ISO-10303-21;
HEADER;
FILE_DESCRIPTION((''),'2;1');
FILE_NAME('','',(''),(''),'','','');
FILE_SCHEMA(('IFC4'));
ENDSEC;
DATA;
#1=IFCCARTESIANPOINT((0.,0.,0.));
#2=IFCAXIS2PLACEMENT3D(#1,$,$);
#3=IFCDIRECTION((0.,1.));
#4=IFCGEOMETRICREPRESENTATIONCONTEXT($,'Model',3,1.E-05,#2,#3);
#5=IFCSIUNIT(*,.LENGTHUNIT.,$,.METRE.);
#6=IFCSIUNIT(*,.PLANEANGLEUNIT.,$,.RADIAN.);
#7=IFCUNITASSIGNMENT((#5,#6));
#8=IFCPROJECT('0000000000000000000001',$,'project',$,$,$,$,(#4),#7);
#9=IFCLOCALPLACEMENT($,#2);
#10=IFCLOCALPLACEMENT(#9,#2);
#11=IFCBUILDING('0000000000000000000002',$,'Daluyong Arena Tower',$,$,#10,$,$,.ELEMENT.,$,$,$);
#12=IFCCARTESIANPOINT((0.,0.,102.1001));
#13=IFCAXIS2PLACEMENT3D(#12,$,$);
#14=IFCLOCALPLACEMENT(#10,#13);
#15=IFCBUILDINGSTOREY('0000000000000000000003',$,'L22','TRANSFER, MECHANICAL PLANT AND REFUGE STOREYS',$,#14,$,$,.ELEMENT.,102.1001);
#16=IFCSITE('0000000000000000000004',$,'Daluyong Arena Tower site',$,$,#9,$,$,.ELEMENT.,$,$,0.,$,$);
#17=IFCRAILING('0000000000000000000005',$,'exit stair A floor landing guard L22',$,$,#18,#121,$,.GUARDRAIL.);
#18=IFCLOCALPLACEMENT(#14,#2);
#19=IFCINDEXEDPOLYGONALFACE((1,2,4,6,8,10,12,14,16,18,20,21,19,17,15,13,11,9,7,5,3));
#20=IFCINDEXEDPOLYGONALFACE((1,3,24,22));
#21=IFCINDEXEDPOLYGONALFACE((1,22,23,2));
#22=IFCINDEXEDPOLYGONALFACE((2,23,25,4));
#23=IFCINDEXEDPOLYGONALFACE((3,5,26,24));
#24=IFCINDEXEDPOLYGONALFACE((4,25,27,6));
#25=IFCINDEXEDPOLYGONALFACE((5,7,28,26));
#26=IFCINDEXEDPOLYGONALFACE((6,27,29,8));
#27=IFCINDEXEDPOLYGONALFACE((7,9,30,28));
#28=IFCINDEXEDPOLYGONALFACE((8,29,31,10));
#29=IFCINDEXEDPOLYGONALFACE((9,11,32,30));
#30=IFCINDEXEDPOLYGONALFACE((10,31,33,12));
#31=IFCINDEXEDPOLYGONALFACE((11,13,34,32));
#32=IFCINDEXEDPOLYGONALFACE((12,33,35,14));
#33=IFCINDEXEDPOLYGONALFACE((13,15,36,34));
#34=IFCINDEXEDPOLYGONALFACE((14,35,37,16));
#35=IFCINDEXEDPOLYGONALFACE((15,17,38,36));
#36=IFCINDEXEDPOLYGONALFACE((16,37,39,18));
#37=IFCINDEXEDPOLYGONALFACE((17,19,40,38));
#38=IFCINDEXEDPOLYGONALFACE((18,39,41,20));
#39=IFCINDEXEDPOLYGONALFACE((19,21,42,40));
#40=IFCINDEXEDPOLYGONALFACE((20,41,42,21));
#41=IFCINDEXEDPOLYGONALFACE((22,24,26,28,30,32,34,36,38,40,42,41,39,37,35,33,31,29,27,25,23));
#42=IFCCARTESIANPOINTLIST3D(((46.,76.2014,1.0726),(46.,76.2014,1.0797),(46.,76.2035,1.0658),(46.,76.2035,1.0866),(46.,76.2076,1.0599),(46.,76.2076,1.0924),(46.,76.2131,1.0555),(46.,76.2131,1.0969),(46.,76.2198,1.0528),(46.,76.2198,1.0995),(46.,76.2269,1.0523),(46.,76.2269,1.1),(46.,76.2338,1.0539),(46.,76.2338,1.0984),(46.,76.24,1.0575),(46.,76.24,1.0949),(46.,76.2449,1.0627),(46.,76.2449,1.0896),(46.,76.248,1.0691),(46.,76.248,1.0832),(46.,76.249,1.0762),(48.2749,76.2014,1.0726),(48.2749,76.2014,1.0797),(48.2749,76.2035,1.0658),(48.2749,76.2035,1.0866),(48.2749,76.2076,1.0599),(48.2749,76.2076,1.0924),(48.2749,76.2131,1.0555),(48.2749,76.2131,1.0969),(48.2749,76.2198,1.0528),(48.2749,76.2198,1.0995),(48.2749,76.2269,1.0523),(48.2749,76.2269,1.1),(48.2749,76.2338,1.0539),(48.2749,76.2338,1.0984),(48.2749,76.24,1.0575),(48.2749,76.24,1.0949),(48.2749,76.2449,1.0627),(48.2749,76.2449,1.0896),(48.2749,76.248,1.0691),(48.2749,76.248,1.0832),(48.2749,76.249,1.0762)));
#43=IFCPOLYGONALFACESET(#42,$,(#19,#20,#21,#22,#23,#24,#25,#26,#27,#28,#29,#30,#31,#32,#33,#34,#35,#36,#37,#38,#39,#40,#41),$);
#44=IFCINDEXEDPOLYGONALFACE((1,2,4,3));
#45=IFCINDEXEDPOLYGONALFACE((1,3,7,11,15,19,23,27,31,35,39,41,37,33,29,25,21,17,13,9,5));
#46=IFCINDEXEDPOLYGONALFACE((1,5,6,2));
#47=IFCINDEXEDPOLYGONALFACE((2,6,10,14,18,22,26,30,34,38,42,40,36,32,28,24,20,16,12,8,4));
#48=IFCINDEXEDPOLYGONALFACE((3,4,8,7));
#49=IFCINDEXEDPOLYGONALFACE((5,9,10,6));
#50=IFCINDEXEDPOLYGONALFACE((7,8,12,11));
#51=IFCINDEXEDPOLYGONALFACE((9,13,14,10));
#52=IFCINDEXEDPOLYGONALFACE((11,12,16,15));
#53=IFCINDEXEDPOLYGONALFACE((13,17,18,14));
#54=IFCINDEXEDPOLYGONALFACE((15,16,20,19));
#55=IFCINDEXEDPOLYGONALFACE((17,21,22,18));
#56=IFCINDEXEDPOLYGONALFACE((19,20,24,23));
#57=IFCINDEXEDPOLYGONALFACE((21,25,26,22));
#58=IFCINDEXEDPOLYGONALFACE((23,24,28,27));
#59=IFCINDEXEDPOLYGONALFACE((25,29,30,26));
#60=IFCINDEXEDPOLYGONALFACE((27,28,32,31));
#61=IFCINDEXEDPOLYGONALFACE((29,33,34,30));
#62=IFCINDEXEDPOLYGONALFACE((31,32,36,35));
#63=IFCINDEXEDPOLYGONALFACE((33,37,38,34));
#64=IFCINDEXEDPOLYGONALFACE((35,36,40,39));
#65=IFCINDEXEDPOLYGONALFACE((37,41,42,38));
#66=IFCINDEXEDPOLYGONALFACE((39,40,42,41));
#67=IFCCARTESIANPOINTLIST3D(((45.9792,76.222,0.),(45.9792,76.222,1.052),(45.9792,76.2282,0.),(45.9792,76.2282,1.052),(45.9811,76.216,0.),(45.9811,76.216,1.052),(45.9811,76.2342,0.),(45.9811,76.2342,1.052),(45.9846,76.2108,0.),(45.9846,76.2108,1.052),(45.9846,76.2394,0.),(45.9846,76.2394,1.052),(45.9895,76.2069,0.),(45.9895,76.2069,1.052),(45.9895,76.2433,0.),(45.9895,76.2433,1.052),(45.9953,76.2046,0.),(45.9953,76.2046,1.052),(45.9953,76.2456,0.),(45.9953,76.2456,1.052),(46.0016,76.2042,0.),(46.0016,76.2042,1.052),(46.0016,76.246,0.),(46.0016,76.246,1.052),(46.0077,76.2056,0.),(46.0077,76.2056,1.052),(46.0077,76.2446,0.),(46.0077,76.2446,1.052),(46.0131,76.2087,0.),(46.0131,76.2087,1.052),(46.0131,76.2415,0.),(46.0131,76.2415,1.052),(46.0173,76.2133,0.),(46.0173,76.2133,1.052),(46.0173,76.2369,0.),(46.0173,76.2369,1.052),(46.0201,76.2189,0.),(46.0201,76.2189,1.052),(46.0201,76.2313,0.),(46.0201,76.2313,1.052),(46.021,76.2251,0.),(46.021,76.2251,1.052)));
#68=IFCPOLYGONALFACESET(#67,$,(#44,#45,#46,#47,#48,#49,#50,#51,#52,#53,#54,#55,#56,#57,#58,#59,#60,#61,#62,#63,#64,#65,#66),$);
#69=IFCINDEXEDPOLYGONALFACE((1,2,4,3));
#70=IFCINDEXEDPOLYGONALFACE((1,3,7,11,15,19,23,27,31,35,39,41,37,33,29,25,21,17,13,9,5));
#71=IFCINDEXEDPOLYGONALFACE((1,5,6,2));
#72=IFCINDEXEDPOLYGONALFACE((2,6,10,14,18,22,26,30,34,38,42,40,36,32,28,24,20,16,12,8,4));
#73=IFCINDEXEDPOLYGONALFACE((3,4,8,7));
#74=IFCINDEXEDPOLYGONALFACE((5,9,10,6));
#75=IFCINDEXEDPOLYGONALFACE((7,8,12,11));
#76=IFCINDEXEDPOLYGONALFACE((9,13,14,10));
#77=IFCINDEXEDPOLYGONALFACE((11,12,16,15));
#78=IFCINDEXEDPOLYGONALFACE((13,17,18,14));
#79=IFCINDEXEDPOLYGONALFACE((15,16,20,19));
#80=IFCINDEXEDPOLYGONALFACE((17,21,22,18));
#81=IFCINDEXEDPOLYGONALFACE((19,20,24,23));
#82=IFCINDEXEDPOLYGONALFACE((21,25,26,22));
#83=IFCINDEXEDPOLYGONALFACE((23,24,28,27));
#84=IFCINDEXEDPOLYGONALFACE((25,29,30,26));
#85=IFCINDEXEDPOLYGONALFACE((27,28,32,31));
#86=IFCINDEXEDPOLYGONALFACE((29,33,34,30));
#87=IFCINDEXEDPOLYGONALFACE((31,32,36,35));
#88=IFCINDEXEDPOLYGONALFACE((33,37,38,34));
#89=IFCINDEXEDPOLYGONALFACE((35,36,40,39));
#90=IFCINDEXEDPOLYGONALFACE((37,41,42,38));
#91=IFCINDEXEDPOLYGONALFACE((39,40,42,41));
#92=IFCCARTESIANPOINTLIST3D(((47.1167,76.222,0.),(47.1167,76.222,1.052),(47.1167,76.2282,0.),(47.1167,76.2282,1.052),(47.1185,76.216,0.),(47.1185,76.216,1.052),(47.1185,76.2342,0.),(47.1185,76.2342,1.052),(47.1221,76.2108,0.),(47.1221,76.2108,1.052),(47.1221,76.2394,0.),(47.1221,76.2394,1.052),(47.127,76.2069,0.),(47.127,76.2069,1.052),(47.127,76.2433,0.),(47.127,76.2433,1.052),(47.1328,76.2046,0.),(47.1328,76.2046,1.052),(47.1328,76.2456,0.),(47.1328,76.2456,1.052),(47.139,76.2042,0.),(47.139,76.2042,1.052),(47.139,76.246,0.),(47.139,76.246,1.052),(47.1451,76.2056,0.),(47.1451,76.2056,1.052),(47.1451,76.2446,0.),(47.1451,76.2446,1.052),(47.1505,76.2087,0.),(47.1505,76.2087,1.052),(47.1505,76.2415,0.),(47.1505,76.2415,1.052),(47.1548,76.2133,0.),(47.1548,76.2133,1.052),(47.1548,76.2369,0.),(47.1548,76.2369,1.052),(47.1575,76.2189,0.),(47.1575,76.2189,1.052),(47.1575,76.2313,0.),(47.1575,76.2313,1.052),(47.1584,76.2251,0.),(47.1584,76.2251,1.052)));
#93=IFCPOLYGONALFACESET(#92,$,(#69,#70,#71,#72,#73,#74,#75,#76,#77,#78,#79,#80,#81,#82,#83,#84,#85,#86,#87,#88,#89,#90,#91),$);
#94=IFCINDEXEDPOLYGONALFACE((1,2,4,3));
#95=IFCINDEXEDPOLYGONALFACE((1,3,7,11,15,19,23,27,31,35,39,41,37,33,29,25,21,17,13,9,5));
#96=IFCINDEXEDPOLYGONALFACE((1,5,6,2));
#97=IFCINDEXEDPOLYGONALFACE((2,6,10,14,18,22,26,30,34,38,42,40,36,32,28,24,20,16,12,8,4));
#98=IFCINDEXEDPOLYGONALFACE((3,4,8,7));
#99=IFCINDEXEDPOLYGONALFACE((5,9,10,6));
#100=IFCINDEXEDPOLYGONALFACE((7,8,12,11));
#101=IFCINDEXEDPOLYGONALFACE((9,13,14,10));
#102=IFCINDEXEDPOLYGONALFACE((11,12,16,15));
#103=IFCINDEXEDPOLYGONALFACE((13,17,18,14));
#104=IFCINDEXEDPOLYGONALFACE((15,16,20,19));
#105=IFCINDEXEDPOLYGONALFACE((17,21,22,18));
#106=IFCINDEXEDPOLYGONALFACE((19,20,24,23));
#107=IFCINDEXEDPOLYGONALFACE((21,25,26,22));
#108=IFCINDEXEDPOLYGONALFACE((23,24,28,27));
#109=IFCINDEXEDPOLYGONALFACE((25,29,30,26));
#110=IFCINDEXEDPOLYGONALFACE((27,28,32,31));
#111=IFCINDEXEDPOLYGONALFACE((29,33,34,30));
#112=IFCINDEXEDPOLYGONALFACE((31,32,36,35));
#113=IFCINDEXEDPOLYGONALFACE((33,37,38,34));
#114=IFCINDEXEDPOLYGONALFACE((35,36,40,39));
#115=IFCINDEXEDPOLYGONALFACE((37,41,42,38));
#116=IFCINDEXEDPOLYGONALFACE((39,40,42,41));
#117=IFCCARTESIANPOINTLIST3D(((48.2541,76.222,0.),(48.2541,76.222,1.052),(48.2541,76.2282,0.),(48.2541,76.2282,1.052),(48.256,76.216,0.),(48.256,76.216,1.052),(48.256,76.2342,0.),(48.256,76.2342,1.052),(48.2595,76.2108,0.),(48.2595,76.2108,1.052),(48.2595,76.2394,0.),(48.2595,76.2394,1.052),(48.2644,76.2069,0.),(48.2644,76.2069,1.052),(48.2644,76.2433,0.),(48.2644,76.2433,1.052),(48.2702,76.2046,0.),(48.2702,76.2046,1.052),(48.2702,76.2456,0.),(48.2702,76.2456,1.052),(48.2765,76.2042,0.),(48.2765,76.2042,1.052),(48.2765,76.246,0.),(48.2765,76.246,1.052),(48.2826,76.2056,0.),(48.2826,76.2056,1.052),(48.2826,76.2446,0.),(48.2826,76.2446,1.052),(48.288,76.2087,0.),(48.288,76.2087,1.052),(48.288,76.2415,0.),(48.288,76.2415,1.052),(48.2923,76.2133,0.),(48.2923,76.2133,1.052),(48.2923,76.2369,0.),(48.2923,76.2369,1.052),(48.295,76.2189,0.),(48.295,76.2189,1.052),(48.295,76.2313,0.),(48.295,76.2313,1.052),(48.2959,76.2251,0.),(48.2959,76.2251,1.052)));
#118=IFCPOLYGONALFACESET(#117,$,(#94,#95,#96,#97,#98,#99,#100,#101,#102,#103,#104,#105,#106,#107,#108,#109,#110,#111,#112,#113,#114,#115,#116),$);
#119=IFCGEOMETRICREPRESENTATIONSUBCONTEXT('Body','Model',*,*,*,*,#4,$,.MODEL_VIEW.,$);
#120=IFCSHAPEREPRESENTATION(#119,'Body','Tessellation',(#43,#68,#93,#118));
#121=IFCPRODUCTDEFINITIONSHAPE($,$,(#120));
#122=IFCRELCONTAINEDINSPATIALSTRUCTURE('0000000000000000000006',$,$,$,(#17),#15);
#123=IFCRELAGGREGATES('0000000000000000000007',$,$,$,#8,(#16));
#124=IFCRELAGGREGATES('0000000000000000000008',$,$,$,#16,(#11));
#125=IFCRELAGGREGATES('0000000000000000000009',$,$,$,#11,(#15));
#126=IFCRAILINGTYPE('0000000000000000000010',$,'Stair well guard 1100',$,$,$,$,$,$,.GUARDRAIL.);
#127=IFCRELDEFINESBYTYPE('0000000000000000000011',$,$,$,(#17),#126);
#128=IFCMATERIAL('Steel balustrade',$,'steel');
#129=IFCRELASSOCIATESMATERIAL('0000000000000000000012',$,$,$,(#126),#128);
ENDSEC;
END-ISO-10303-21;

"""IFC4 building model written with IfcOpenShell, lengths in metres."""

from ifc_helpers import new_model, si_unit, direction, frame, origin, origin_2d, place, context, subcontext, project, spatial, circle, extrude, material, type_object, element, save


model = new_model("IFC4")

# Units and contexts
model_context = context("Model", 3, precision=1e-05, world=origin(), true_north=direction((0.0, 1.0)))
body_context = subcontext(model_context, "Body", "Model", "MODEL_VIEW")
ifc_project = project(units=[si_unit("LENGTHUNIT", "METRE"), si_unit("PLANEANGLEUNIT", "RADIAN")], contexts=[model_context])

# Site, building, storey
site_placement = place(None, origin())
site = spatial("IfcSite", under=ifc_project, at=site_placement, Name="Daluyong Arena Tower site", CompositionType="ELEMENT", RefElevation=0.0)
building_placement = place(site_placement, origin())
building = spatial("IfcBuilding", under=site, at=building_placement, Name="Daluyong Arena Tower", CompositionType="ELEMENT")
storey_placement = place(building_placement, frame((0.0, 0.0, 102.1001)))
storey = spatial("IfcBuildingStorey", under=building, at=storey_placement, Name="L22", Description="TRANSFER, MECHANICAL PLANT AND REFUGE STOREYS", CompositionType="ELEMENT", Elevation=102.1001)

# Railing
ifc_material_1 = material(Name="Steel balustrade", Category="steel")
railing_type_1 = type_object("IfcRailingType", Name="Stair well guard 1100", PredefinedType="GUARDRAIL", material=ifc_material_1)
railing_1_placement = place(storey_placement, frame((46.0, 76.2251, 0.0)))
element("IfcRailing", 1, at=railing_1_placement, inside=storey, type_object=railing_type_1, Name="exit stair A floor landing guard L22", PredefinedType="GUARDRAIL", context=body_context, shape_type="SweptSolid", body=[
    extrude(circle(Radius=0.0239, at=origin_2d()), frame((0.0, 0.0, 1.0762), z_axis=(1.0, 0.0, 0.0), x_axis=(0.0, 1.0, 0.0)), (0.0, 0.0, 1.0), 2.2749),
    extrude(circle(Radius=0.021, at=origin_2d()), origin(), (0.0, 0.0, 1.0), 1.052),
    extrude(circle(Radius=0.021, at=origin_2d()), frame((1.1375, 0.0, 0.0)), (0.0, 0.0, 1.0), 1.052),
    extrude(circle(Radius=0.021, at=origin_2d()), frame((2.2749, 0.0, 0.0)), (0.0, 0.0, 1.0), 1.052),
])

save(model, "model.ifc")
